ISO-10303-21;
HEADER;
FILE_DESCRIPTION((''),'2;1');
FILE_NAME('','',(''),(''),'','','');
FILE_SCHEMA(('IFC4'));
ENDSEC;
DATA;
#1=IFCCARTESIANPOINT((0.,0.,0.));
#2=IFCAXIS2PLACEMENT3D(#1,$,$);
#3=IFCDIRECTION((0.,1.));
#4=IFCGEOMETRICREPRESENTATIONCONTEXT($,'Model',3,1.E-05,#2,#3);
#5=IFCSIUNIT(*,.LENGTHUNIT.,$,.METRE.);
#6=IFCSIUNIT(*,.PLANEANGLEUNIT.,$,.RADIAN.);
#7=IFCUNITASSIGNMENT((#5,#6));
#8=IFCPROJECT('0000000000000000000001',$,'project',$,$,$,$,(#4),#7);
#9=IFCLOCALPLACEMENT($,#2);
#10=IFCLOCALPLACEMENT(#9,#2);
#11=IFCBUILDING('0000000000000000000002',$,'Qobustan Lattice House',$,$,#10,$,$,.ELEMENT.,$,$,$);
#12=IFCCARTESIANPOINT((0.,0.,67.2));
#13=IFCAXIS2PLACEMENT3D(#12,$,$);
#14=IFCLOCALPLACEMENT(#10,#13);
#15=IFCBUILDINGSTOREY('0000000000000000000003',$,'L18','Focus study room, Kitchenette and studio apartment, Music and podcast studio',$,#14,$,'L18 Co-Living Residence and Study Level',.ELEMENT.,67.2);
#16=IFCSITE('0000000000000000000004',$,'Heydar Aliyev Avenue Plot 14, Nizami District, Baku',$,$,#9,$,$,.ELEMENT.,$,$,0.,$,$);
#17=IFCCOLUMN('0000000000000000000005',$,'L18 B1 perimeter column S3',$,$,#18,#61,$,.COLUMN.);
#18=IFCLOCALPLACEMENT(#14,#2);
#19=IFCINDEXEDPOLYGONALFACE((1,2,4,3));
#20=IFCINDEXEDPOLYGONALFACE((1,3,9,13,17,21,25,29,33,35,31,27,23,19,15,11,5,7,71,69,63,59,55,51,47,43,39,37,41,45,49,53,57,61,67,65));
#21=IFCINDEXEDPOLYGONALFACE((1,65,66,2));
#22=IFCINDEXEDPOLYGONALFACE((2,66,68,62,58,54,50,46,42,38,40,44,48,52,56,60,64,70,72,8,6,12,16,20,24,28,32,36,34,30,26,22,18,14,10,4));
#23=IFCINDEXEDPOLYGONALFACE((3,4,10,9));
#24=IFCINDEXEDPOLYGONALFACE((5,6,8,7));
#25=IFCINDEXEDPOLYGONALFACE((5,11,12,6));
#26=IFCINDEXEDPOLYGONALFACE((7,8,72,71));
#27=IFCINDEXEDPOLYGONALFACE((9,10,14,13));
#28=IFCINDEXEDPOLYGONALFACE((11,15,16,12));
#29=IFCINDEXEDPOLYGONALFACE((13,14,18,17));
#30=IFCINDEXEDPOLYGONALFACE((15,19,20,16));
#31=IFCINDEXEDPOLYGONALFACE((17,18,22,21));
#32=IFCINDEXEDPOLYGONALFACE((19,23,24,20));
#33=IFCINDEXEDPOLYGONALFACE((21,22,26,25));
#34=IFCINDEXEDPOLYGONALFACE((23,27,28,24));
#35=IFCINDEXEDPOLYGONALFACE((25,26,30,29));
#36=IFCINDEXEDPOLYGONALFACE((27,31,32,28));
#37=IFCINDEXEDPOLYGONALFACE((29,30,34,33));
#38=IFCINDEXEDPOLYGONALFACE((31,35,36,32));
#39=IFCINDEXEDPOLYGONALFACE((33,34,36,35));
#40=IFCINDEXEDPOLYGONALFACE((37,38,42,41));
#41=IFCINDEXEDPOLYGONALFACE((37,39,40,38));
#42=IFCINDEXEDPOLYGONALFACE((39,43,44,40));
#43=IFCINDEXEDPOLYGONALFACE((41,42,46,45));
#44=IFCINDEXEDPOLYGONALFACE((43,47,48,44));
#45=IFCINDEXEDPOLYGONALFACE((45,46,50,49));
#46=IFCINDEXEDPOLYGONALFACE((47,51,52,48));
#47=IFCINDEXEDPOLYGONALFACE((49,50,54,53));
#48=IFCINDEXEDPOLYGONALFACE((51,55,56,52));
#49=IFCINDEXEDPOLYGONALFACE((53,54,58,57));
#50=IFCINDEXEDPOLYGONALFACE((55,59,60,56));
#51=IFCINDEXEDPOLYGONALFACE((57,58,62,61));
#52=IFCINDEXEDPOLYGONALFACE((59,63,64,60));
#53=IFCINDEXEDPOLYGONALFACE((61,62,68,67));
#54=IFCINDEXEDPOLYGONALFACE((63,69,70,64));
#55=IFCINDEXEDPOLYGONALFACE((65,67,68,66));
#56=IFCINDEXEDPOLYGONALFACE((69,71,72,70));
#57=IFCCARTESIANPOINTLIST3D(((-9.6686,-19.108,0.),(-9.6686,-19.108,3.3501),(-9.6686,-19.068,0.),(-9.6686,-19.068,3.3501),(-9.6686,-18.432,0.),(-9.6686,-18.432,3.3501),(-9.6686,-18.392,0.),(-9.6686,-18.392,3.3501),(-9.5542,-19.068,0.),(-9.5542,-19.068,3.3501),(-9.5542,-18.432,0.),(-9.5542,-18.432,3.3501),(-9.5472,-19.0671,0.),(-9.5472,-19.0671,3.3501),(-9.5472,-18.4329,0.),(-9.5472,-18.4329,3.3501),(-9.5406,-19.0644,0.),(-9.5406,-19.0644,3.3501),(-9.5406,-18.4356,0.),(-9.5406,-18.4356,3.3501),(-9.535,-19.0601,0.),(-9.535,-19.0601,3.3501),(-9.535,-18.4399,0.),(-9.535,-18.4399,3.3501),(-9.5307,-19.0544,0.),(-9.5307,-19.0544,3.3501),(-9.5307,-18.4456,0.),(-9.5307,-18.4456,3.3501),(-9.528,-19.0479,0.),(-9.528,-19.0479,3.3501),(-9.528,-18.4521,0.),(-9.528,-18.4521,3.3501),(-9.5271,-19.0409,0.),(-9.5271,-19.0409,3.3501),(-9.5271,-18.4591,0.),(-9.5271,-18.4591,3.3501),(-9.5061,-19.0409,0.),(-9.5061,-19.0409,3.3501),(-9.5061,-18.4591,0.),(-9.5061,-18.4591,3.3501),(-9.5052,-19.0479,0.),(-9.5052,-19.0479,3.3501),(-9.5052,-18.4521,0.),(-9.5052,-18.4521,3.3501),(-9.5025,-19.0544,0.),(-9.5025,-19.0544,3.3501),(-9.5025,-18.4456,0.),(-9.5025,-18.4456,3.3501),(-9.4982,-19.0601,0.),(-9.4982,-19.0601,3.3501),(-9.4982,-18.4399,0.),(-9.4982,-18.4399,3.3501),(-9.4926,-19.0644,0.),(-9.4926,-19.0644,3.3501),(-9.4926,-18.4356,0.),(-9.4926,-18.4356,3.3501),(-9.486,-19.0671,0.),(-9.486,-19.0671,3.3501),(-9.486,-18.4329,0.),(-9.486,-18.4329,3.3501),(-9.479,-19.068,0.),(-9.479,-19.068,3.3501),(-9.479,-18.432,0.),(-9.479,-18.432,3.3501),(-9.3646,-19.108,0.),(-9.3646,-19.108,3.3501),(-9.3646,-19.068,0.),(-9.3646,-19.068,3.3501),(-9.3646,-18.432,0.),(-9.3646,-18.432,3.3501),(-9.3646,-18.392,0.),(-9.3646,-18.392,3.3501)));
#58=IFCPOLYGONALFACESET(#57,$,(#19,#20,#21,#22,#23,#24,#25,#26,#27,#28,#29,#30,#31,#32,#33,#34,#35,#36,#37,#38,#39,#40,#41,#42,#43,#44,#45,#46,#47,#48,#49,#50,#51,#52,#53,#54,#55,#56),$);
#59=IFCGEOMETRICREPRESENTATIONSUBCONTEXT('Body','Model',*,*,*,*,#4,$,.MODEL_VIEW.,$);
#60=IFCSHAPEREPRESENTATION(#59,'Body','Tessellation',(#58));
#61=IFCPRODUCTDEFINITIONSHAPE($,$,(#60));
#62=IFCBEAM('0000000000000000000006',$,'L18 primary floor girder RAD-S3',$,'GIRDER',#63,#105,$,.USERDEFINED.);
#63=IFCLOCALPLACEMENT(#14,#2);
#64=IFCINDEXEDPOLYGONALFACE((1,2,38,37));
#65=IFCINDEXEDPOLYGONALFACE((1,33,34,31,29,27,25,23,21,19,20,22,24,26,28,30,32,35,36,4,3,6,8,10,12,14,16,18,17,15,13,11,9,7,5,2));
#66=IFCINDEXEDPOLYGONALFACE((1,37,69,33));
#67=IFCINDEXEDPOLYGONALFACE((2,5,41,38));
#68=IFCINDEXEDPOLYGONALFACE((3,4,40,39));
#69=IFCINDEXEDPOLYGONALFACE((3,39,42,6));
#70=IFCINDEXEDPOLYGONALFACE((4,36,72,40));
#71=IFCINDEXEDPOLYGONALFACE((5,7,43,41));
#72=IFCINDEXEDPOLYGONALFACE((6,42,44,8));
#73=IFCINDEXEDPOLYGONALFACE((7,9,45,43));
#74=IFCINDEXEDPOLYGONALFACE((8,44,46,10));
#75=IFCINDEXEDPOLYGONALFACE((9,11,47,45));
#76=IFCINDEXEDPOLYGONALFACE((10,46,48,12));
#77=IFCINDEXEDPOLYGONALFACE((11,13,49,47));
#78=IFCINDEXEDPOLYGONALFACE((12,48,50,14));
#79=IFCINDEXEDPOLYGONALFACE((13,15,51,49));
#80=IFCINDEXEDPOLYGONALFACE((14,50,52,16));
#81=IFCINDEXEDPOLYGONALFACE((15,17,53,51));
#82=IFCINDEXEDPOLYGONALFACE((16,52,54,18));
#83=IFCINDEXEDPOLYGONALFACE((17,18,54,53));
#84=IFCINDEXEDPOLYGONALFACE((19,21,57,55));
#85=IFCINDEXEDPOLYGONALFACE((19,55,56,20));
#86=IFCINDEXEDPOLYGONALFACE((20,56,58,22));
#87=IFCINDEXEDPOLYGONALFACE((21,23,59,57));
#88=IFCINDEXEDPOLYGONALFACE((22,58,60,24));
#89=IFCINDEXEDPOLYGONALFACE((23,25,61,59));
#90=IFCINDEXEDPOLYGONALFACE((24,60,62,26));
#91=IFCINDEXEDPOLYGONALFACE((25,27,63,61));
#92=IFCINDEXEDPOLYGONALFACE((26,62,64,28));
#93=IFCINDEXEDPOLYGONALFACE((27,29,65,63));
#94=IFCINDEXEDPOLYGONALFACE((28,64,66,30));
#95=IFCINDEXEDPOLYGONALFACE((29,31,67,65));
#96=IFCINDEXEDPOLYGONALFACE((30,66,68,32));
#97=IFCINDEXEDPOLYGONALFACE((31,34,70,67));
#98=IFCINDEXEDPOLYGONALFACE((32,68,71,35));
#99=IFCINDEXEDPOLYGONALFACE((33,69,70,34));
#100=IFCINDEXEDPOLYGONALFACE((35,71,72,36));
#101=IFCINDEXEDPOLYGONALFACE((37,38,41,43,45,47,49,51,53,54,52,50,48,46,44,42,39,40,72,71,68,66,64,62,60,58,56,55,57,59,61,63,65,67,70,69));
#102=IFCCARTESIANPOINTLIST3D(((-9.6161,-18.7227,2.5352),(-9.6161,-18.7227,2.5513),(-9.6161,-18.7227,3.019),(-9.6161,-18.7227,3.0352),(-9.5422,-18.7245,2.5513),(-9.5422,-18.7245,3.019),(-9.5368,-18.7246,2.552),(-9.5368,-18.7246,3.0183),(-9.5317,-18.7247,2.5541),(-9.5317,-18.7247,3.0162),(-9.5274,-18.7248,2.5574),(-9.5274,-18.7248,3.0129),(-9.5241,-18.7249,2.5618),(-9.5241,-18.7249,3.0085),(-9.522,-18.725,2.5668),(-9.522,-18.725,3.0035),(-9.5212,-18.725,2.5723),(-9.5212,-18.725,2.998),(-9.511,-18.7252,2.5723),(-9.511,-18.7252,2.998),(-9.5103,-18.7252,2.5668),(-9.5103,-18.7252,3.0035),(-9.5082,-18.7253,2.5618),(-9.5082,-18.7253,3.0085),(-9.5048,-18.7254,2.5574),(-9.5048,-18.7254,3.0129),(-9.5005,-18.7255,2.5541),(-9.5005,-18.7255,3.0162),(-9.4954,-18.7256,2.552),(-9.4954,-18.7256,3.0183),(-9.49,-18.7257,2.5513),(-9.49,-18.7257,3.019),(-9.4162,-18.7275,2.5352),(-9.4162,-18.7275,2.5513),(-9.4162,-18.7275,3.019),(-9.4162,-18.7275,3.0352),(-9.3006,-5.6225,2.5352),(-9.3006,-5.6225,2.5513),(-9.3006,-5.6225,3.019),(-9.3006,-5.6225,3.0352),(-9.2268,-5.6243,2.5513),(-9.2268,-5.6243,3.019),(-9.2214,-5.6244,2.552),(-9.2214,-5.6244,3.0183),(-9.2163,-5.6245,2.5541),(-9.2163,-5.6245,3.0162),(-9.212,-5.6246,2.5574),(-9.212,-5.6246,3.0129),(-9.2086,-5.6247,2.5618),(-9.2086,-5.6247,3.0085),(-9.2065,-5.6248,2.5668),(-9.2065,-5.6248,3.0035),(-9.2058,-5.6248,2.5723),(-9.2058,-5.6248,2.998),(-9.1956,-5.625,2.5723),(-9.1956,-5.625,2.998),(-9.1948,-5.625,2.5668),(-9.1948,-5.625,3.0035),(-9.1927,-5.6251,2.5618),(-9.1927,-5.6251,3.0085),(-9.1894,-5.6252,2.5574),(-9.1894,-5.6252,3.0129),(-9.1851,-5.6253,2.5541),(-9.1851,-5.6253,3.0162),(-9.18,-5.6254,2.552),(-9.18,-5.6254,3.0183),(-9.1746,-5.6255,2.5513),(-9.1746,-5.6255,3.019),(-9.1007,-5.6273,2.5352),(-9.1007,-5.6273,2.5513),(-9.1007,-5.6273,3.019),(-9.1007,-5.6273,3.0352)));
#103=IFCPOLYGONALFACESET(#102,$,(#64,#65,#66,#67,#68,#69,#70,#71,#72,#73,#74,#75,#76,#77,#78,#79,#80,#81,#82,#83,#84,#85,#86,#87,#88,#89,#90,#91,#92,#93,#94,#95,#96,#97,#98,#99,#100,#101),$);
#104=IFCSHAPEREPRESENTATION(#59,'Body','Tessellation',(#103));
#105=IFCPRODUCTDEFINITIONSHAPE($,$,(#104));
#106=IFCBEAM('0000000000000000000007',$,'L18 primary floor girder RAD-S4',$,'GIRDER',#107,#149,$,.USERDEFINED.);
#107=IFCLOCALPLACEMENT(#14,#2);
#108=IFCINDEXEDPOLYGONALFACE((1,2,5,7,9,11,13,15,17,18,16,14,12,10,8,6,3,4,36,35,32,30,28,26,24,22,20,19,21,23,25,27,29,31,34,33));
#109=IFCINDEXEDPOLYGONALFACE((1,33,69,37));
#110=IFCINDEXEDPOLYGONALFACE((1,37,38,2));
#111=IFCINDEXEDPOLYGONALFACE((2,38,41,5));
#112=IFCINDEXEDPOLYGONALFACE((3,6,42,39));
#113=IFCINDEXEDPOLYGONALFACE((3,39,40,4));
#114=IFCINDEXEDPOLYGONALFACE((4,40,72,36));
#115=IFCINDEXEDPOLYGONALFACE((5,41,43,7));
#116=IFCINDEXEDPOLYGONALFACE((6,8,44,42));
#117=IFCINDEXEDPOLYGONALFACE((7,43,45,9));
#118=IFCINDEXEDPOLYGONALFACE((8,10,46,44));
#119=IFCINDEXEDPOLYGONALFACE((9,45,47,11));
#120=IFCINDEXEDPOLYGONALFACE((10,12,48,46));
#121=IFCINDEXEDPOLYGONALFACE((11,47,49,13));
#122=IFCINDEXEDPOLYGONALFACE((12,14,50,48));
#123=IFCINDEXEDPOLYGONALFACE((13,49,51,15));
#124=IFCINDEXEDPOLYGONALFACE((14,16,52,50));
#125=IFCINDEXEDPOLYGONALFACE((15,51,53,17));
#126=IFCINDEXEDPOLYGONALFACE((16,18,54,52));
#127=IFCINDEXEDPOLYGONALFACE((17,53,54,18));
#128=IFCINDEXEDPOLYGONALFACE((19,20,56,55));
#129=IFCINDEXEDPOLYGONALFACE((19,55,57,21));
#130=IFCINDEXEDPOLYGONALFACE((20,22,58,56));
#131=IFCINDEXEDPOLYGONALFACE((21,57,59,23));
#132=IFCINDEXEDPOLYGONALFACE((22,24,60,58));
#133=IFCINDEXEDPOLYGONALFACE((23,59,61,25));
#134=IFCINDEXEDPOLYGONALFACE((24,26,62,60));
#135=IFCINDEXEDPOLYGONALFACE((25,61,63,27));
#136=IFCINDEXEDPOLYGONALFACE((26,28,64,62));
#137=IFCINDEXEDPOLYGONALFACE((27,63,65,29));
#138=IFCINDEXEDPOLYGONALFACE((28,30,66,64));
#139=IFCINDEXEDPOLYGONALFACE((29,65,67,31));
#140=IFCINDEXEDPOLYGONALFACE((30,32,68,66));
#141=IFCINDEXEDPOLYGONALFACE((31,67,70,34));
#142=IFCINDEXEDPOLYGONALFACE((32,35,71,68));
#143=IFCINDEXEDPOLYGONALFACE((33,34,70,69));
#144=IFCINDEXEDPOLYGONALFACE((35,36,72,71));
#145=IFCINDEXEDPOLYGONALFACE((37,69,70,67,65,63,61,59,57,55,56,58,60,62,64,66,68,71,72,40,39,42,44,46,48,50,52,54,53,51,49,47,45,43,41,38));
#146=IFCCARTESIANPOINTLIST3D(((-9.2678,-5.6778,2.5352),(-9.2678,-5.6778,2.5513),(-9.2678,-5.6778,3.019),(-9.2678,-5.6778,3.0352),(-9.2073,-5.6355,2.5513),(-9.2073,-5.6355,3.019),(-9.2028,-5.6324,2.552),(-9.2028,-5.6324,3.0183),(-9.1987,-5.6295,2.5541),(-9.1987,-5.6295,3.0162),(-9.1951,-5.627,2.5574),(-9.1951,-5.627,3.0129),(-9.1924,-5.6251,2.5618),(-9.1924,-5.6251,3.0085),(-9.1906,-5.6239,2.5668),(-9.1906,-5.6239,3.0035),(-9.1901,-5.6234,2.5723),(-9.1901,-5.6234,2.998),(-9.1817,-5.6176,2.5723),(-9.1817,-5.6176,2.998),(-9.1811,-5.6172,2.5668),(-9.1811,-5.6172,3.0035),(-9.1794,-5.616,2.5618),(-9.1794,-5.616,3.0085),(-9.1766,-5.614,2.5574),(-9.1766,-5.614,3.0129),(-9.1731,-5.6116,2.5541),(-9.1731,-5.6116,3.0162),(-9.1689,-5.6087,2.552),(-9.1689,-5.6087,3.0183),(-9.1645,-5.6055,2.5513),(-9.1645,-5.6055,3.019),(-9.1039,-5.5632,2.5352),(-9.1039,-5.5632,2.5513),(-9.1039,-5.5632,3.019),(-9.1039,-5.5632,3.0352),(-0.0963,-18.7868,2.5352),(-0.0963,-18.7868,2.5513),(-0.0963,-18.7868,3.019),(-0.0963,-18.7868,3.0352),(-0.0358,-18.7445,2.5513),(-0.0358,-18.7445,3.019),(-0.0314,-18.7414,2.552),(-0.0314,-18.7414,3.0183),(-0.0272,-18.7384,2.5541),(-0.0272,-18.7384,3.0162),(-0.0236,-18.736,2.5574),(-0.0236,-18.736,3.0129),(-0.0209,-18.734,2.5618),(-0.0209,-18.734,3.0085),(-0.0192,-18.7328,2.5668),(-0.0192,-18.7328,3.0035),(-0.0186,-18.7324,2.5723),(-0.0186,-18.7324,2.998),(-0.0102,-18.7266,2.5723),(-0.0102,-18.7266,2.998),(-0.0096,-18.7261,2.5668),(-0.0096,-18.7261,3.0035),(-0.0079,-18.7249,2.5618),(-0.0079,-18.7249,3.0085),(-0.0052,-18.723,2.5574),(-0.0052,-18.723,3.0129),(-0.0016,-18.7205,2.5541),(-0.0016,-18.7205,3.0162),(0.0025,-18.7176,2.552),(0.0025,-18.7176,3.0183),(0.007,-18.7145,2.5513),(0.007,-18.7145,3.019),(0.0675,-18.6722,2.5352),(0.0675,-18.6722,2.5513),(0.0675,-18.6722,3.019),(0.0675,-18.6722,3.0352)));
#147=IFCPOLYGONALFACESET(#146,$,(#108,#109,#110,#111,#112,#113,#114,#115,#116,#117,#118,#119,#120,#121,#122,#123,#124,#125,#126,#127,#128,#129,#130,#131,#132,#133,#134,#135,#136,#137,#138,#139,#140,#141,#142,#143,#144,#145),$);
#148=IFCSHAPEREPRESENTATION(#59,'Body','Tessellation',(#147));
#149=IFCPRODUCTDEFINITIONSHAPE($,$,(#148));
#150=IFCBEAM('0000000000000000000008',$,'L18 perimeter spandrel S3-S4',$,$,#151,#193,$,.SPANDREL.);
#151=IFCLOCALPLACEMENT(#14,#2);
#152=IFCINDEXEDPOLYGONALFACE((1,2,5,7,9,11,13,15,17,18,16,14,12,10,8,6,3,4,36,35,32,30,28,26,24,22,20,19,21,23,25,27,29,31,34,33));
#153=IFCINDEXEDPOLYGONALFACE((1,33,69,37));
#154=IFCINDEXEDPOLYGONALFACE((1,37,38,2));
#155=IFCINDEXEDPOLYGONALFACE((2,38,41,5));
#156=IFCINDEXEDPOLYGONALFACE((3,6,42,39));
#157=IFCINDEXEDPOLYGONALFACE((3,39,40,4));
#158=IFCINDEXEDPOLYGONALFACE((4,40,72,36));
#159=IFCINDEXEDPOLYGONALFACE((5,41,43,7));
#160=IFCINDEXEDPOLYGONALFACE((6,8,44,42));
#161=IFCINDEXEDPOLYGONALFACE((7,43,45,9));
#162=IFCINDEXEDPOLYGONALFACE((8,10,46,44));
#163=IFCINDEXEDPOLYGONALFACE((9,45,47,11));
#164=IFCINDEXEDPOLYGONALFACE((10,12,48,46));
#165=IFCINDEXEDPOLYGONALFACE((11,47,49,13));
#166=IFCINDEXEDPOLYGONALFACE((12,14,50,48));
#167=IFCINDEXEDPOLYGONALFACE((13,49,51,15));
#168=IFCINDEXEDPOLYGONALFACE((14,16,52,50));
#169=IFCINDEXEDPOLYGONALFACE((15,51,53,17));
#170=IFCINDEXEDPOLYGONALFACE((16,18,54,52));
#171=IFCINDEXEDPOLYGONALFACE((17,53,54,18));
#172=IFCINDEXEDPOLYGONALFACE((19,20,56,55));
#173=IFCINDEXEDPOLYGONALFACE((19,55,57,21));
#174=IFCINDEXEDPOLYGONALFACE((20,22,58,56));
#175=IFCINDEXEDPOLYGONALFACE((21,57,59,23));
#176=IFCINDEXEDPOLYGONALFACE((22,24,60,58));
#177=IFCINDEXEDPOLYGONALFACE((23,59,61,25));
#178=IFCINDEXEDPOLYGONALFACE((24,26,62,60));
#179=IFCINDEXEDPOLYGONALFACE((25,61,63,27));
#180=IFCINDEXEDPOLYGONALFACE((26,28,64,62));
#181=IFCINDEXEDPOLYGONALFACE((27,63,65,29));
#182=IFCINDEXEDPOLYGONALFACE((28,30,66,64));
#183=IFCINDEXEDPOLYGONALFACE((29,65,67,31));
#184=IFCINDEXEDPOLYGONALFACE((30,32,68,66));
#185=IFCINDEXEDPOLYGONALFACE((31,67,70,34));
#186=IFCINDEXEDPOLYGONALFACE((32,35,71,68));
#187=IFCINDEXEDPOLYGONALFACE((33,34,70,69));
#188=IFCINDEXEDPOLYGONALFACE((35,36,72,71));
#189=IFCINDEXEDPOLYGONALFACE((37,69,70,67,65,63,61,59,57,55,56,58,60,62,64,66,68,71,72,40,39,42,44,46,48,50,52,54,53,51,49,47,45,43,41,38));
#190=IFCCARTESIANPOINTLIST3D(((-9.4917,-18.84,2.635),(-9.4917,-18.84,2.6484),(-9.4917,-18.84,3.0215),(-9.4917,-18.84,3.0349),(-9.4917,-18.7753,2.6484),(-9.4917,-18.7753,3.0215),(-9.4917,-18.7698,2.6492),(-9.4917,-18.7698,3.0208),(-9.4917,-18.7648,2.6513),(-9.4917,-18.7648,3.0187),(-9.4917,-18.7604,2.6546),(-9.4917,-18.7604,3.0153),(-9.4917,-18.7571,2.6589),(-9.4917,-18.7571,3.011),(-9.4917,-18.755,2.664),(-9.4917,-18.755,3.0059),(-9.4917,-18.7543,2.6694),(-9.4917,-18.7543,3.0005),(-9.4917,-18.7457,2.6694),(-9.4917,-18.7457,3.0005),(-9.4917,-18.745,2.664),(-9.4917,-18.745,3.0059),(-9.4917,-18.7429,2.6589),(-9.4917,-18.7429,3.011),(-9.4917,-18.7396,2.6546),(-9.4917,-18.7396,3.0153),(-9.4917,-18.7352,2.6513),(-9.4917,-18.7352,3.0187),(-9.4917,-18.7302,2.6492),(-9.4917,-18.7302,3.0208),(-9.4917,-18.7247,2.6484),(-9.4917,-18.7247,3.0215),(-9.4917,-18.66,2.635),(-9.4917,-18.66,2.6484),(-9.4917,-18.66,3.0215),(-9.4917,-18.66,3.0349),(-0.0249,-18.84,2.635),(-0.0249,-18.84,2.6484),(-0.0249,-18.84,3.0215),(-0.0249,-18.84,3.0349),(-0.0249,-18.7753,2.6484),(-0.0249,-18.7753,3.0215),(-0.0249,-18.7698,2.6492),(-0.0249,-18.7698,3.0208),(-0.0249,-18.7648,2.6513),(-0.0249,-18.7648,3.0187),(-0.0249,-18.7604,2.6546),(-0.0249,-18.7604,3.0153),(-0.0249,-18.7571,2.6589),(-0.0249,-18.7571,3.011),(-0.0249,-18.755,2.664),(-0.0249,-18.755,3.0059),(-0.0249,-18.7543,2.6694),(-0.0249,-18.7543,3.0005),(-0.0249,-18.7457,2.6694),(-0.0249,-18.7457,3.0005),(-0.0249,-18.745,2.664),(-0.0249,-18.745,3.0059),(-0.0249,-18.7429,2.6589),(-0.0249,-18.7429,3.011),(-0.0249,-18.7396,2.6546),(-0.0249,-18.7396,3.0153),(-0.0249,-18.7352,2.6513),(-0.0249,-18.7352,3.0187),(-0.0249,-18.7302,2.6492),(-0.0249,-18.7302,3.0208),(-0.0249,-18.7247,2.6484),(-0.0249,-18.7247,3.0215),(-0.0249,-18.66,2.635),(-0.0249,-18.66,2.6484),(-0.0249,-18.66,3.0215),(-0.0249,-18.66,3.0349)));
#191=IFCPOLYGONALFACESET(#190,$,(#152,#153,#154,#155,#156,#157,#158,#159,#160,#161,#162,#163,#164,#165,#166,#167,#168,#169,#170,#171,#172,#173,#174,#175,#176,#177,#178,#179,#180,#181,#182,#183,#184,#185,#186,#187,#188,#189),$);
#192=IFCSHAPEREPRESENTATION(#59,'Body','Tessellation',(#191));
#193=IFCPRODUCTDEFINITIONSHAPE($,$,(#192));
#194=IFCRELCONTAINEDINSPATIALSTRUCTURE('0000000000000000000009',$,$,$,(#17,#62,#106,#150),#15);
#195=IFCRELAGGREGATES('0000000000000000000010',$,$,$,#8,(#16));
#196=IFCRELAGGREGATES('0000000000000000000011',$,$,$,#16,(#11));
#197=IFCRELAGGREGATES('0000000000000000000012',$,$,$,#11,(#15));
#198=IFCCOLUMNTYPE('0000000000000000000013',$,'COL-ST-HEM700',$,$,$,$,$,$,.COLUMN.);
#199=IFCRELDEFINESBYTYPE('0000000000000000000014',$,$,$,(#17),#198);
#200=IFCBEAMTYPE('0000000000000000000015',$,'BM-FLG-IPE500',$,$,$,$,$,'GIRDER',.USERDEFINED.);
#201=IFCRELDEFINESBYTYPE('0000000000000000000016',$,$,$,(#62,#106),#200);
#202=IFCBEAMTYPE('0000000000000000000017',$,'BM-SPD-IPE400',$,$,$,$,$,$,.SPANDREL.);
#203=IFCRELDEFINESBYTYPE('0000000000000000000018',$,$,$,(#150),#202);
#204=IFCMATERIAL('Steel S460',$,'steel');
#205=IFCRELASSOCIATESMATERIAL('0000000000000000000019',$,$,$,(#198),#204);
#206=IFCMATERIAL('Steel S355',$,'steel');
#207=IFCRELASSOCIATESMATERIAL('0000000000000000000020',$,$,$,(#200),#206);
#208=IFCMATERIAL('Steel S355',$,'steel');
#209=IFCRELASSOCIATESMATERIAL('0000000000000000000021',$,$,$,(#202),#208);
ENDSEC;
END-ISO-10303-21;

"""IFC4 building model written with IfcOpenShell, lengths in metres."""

from ifc_helpers import new_model, si_unit, direction, frame, origin, origin_2d, place, context, subcontext, project, spatial, i_section, extrude, material, material_profile, profile_set, type_object, element, save


model = new_model("IFC4")

# Units and contexts
model_context = context("Model", 3, precision=1e-05, world=origin(), true_north=direction((0.0, 1.0)))
body_context = subcontext(model_context, "Body", "Model", "MODEL_VIEW")
ifc_project = project(units=[si_unit("LENGTHUNIT", "METRE"), si_unit("PLANEANGLEUNIT", "RADIAN")], contexts=[model_context])

# Site, building, storey
site_placement = place(None, origin())
site = spatial("IfcSite", under=ifc_project, at=site_placement, Name="Heydar Aliyev Avenue Plot 14, Nizami District, Baku", CompositionType="ELEMENT", RefElevation=0.0)
building_placement = place(site_placement, origin())
building = spatial("IfcBuilding", under=site, at=building_placement, Name="Qobustan Lattice House", CompositionType="ELEMENT")
storey_placement = place(building_placement, frame((0.0, 0.0, 67.2)))
storey = spatial("IfcBuildingStorey", under=building, at=storey_placement, Name="L18", Description="Focus study room, Kitchenette and studio apartment, Music and podcast studio", LongName="L18 Co-Living Residence and Study Level", CompositionType="ELEMENT", Elevation=67.2)

# Column
ifc_material_1 = material(Name="Steel S460", Category="steel")
ifc_material_profile_1 = material_profile(ifc_material_1, i_section(OverallWidth=0.304, OverallDepth=0.7161, WebThickness=0.021, FlangeThickness=0.04, FilletRadius=0.0271, at=origin_2d()), Name="HEM700")
ifc_profile_set_1 = profile_set([ifc_material_profile_1], Name="Steel S460")
column_type = type_object("IfcColumnType", Name="COL-ST-HEM700", PredefinedType="COLUMN", material=ifc_profile_set_1)
column_placement = place(storey_placement, frame((-9.5166, -18.75, 0.0), z_axis=(0.0, 0.0, 1.0), x_axis=(1.0, 0.0, 0.0)))
element("IfcColumn", 1, at=column_placement, inside=storey, type_object=column_type, Name="L18 B1 perimeter column S3", PredefinedType="COLUMN", context=body_context, shape_type="SweptSolid", body=[
    extrude(i_section(OverallWidth=0.304, OverallDepth=0.7161, WebThickness=0.021, FlangeThickness=0.04, FilletRadius=0.0271, at=origin_2d()), origin(), (0.0, 0.0, 1.0), 3.3501),
])

# Beams
ifc_material_2 = material(Name="Steel S355", Category="steel")
ifc_material_profile_2 = material_profile(ifc_material_2, i_section(OverallWidth=0.2, OverallDepth=0.5, WebThickness=0.0103, FlangeThickness=0.0161, FilletRadius=0.021, at=origin_2d()), Name="IPE500")
ifc_profile_set_2 = profile_set([ifc_material_profile_2], Name="Steel S355")
beam_type_1 = type_object("IfcBeamType", Name="BM-FLG-IPE500", ElementType="GIRDER", PredefinedType="USERDEFINED", material=ifc_profile_set_2)
beam_1_placement = place(storey_placement, frame((-9.5161, -18.7251, 2.7852), z_axis=(0.024071, 0.99971, 0.0), x_axis=(-0.99971, 0.024071, 0.0)))
element("IfcBeam", 2, at=beam_1_placement, inside=storey, type_object=beam_type_1, Name="L18 primary floor girder RAD-S3", ObjectType="GIRDER", PredefinedType="USERDEFINED", context=body_context, shape_type="SweptSolid", body=[
    extrude(i_section(OverallWidth=0.2, OverallDepth=0.5, WebThickness=0.0103, FlangeThickness=0.0161, FilletRadius=0.021, at=origin_2d()), origin(), (0.0, 0.0, 1.0), 13.104),
])
beam_2_placement = place(storey_placement, frame((-0.0144, -18.7295, 2.7852), z_axis=(-0.57326, 0.819374, 0.0), x_axis=(-0.819374, -0.57326, 0.0)))
element("IfcBeam", 3, at=beam_2_placement, inside=storey, type_object=beam_type_1, Name="L18 primary floor girder RAD-S4", ObjectType="GIRDER", PredefinedType="USERDEFINED", context=body_context, shape_type="SweptSolid", body=[
    extrude(i_section(OverallWidth=0.2, OverallDepth=0.5, WebThickness=0.0103, FlangeThickness=0.0161, FilletRadius=0.021, at=origin_2d()), origin(), (0.0, 0.0, 1.0), 15.9988),
])
ifc_material_3 = material(Name="Steel S355", Category="steel")
ifc_material_profile_3 = material_profile(ifc_material_3, i_section(OverallWidth=0.1799, OverallDepth=0.3999, WebThickness=0.0085, FlangeThickness=0.0134, FilletRadius=0.021, at=origin_2d()), Name="IPE400")
ifc_profile_set_3 = profile_set([ifc_material_profile_3], Name="Steel S355")
beam_type_2 = type_object("IfcBeamType", Name="BM-SPD-IPE400", PredefinedType="SPANDREL", material=ifc_profile_set_3)
beam_3_placement = place(storey_placement, frame((-9.4917, -18.75, 2.835), z_axis=(1.0, 0.0, 0.0), x_axis=(0.0, 1.0, 0.0)))
element("IfcBeam", 4, at=beam_3_placement, inside=storey, type_object=beam_type_2, Name="L18 perimeter spandrel S3-S4", PredefinedType="SPANDREL", context=body_context, shape_type="SweptSolid", body=[
    extrude(i_section(OverallWidth=0.1799, OverallDepth=0.3999, WebThickness=0.0085, FlangeThickness=0.0134, FilletRadius=0.021, at=origin_2d()), origin(), (0.0, 0.0, 1.0), 9.4668),
])

save(model, "model.ifc")
